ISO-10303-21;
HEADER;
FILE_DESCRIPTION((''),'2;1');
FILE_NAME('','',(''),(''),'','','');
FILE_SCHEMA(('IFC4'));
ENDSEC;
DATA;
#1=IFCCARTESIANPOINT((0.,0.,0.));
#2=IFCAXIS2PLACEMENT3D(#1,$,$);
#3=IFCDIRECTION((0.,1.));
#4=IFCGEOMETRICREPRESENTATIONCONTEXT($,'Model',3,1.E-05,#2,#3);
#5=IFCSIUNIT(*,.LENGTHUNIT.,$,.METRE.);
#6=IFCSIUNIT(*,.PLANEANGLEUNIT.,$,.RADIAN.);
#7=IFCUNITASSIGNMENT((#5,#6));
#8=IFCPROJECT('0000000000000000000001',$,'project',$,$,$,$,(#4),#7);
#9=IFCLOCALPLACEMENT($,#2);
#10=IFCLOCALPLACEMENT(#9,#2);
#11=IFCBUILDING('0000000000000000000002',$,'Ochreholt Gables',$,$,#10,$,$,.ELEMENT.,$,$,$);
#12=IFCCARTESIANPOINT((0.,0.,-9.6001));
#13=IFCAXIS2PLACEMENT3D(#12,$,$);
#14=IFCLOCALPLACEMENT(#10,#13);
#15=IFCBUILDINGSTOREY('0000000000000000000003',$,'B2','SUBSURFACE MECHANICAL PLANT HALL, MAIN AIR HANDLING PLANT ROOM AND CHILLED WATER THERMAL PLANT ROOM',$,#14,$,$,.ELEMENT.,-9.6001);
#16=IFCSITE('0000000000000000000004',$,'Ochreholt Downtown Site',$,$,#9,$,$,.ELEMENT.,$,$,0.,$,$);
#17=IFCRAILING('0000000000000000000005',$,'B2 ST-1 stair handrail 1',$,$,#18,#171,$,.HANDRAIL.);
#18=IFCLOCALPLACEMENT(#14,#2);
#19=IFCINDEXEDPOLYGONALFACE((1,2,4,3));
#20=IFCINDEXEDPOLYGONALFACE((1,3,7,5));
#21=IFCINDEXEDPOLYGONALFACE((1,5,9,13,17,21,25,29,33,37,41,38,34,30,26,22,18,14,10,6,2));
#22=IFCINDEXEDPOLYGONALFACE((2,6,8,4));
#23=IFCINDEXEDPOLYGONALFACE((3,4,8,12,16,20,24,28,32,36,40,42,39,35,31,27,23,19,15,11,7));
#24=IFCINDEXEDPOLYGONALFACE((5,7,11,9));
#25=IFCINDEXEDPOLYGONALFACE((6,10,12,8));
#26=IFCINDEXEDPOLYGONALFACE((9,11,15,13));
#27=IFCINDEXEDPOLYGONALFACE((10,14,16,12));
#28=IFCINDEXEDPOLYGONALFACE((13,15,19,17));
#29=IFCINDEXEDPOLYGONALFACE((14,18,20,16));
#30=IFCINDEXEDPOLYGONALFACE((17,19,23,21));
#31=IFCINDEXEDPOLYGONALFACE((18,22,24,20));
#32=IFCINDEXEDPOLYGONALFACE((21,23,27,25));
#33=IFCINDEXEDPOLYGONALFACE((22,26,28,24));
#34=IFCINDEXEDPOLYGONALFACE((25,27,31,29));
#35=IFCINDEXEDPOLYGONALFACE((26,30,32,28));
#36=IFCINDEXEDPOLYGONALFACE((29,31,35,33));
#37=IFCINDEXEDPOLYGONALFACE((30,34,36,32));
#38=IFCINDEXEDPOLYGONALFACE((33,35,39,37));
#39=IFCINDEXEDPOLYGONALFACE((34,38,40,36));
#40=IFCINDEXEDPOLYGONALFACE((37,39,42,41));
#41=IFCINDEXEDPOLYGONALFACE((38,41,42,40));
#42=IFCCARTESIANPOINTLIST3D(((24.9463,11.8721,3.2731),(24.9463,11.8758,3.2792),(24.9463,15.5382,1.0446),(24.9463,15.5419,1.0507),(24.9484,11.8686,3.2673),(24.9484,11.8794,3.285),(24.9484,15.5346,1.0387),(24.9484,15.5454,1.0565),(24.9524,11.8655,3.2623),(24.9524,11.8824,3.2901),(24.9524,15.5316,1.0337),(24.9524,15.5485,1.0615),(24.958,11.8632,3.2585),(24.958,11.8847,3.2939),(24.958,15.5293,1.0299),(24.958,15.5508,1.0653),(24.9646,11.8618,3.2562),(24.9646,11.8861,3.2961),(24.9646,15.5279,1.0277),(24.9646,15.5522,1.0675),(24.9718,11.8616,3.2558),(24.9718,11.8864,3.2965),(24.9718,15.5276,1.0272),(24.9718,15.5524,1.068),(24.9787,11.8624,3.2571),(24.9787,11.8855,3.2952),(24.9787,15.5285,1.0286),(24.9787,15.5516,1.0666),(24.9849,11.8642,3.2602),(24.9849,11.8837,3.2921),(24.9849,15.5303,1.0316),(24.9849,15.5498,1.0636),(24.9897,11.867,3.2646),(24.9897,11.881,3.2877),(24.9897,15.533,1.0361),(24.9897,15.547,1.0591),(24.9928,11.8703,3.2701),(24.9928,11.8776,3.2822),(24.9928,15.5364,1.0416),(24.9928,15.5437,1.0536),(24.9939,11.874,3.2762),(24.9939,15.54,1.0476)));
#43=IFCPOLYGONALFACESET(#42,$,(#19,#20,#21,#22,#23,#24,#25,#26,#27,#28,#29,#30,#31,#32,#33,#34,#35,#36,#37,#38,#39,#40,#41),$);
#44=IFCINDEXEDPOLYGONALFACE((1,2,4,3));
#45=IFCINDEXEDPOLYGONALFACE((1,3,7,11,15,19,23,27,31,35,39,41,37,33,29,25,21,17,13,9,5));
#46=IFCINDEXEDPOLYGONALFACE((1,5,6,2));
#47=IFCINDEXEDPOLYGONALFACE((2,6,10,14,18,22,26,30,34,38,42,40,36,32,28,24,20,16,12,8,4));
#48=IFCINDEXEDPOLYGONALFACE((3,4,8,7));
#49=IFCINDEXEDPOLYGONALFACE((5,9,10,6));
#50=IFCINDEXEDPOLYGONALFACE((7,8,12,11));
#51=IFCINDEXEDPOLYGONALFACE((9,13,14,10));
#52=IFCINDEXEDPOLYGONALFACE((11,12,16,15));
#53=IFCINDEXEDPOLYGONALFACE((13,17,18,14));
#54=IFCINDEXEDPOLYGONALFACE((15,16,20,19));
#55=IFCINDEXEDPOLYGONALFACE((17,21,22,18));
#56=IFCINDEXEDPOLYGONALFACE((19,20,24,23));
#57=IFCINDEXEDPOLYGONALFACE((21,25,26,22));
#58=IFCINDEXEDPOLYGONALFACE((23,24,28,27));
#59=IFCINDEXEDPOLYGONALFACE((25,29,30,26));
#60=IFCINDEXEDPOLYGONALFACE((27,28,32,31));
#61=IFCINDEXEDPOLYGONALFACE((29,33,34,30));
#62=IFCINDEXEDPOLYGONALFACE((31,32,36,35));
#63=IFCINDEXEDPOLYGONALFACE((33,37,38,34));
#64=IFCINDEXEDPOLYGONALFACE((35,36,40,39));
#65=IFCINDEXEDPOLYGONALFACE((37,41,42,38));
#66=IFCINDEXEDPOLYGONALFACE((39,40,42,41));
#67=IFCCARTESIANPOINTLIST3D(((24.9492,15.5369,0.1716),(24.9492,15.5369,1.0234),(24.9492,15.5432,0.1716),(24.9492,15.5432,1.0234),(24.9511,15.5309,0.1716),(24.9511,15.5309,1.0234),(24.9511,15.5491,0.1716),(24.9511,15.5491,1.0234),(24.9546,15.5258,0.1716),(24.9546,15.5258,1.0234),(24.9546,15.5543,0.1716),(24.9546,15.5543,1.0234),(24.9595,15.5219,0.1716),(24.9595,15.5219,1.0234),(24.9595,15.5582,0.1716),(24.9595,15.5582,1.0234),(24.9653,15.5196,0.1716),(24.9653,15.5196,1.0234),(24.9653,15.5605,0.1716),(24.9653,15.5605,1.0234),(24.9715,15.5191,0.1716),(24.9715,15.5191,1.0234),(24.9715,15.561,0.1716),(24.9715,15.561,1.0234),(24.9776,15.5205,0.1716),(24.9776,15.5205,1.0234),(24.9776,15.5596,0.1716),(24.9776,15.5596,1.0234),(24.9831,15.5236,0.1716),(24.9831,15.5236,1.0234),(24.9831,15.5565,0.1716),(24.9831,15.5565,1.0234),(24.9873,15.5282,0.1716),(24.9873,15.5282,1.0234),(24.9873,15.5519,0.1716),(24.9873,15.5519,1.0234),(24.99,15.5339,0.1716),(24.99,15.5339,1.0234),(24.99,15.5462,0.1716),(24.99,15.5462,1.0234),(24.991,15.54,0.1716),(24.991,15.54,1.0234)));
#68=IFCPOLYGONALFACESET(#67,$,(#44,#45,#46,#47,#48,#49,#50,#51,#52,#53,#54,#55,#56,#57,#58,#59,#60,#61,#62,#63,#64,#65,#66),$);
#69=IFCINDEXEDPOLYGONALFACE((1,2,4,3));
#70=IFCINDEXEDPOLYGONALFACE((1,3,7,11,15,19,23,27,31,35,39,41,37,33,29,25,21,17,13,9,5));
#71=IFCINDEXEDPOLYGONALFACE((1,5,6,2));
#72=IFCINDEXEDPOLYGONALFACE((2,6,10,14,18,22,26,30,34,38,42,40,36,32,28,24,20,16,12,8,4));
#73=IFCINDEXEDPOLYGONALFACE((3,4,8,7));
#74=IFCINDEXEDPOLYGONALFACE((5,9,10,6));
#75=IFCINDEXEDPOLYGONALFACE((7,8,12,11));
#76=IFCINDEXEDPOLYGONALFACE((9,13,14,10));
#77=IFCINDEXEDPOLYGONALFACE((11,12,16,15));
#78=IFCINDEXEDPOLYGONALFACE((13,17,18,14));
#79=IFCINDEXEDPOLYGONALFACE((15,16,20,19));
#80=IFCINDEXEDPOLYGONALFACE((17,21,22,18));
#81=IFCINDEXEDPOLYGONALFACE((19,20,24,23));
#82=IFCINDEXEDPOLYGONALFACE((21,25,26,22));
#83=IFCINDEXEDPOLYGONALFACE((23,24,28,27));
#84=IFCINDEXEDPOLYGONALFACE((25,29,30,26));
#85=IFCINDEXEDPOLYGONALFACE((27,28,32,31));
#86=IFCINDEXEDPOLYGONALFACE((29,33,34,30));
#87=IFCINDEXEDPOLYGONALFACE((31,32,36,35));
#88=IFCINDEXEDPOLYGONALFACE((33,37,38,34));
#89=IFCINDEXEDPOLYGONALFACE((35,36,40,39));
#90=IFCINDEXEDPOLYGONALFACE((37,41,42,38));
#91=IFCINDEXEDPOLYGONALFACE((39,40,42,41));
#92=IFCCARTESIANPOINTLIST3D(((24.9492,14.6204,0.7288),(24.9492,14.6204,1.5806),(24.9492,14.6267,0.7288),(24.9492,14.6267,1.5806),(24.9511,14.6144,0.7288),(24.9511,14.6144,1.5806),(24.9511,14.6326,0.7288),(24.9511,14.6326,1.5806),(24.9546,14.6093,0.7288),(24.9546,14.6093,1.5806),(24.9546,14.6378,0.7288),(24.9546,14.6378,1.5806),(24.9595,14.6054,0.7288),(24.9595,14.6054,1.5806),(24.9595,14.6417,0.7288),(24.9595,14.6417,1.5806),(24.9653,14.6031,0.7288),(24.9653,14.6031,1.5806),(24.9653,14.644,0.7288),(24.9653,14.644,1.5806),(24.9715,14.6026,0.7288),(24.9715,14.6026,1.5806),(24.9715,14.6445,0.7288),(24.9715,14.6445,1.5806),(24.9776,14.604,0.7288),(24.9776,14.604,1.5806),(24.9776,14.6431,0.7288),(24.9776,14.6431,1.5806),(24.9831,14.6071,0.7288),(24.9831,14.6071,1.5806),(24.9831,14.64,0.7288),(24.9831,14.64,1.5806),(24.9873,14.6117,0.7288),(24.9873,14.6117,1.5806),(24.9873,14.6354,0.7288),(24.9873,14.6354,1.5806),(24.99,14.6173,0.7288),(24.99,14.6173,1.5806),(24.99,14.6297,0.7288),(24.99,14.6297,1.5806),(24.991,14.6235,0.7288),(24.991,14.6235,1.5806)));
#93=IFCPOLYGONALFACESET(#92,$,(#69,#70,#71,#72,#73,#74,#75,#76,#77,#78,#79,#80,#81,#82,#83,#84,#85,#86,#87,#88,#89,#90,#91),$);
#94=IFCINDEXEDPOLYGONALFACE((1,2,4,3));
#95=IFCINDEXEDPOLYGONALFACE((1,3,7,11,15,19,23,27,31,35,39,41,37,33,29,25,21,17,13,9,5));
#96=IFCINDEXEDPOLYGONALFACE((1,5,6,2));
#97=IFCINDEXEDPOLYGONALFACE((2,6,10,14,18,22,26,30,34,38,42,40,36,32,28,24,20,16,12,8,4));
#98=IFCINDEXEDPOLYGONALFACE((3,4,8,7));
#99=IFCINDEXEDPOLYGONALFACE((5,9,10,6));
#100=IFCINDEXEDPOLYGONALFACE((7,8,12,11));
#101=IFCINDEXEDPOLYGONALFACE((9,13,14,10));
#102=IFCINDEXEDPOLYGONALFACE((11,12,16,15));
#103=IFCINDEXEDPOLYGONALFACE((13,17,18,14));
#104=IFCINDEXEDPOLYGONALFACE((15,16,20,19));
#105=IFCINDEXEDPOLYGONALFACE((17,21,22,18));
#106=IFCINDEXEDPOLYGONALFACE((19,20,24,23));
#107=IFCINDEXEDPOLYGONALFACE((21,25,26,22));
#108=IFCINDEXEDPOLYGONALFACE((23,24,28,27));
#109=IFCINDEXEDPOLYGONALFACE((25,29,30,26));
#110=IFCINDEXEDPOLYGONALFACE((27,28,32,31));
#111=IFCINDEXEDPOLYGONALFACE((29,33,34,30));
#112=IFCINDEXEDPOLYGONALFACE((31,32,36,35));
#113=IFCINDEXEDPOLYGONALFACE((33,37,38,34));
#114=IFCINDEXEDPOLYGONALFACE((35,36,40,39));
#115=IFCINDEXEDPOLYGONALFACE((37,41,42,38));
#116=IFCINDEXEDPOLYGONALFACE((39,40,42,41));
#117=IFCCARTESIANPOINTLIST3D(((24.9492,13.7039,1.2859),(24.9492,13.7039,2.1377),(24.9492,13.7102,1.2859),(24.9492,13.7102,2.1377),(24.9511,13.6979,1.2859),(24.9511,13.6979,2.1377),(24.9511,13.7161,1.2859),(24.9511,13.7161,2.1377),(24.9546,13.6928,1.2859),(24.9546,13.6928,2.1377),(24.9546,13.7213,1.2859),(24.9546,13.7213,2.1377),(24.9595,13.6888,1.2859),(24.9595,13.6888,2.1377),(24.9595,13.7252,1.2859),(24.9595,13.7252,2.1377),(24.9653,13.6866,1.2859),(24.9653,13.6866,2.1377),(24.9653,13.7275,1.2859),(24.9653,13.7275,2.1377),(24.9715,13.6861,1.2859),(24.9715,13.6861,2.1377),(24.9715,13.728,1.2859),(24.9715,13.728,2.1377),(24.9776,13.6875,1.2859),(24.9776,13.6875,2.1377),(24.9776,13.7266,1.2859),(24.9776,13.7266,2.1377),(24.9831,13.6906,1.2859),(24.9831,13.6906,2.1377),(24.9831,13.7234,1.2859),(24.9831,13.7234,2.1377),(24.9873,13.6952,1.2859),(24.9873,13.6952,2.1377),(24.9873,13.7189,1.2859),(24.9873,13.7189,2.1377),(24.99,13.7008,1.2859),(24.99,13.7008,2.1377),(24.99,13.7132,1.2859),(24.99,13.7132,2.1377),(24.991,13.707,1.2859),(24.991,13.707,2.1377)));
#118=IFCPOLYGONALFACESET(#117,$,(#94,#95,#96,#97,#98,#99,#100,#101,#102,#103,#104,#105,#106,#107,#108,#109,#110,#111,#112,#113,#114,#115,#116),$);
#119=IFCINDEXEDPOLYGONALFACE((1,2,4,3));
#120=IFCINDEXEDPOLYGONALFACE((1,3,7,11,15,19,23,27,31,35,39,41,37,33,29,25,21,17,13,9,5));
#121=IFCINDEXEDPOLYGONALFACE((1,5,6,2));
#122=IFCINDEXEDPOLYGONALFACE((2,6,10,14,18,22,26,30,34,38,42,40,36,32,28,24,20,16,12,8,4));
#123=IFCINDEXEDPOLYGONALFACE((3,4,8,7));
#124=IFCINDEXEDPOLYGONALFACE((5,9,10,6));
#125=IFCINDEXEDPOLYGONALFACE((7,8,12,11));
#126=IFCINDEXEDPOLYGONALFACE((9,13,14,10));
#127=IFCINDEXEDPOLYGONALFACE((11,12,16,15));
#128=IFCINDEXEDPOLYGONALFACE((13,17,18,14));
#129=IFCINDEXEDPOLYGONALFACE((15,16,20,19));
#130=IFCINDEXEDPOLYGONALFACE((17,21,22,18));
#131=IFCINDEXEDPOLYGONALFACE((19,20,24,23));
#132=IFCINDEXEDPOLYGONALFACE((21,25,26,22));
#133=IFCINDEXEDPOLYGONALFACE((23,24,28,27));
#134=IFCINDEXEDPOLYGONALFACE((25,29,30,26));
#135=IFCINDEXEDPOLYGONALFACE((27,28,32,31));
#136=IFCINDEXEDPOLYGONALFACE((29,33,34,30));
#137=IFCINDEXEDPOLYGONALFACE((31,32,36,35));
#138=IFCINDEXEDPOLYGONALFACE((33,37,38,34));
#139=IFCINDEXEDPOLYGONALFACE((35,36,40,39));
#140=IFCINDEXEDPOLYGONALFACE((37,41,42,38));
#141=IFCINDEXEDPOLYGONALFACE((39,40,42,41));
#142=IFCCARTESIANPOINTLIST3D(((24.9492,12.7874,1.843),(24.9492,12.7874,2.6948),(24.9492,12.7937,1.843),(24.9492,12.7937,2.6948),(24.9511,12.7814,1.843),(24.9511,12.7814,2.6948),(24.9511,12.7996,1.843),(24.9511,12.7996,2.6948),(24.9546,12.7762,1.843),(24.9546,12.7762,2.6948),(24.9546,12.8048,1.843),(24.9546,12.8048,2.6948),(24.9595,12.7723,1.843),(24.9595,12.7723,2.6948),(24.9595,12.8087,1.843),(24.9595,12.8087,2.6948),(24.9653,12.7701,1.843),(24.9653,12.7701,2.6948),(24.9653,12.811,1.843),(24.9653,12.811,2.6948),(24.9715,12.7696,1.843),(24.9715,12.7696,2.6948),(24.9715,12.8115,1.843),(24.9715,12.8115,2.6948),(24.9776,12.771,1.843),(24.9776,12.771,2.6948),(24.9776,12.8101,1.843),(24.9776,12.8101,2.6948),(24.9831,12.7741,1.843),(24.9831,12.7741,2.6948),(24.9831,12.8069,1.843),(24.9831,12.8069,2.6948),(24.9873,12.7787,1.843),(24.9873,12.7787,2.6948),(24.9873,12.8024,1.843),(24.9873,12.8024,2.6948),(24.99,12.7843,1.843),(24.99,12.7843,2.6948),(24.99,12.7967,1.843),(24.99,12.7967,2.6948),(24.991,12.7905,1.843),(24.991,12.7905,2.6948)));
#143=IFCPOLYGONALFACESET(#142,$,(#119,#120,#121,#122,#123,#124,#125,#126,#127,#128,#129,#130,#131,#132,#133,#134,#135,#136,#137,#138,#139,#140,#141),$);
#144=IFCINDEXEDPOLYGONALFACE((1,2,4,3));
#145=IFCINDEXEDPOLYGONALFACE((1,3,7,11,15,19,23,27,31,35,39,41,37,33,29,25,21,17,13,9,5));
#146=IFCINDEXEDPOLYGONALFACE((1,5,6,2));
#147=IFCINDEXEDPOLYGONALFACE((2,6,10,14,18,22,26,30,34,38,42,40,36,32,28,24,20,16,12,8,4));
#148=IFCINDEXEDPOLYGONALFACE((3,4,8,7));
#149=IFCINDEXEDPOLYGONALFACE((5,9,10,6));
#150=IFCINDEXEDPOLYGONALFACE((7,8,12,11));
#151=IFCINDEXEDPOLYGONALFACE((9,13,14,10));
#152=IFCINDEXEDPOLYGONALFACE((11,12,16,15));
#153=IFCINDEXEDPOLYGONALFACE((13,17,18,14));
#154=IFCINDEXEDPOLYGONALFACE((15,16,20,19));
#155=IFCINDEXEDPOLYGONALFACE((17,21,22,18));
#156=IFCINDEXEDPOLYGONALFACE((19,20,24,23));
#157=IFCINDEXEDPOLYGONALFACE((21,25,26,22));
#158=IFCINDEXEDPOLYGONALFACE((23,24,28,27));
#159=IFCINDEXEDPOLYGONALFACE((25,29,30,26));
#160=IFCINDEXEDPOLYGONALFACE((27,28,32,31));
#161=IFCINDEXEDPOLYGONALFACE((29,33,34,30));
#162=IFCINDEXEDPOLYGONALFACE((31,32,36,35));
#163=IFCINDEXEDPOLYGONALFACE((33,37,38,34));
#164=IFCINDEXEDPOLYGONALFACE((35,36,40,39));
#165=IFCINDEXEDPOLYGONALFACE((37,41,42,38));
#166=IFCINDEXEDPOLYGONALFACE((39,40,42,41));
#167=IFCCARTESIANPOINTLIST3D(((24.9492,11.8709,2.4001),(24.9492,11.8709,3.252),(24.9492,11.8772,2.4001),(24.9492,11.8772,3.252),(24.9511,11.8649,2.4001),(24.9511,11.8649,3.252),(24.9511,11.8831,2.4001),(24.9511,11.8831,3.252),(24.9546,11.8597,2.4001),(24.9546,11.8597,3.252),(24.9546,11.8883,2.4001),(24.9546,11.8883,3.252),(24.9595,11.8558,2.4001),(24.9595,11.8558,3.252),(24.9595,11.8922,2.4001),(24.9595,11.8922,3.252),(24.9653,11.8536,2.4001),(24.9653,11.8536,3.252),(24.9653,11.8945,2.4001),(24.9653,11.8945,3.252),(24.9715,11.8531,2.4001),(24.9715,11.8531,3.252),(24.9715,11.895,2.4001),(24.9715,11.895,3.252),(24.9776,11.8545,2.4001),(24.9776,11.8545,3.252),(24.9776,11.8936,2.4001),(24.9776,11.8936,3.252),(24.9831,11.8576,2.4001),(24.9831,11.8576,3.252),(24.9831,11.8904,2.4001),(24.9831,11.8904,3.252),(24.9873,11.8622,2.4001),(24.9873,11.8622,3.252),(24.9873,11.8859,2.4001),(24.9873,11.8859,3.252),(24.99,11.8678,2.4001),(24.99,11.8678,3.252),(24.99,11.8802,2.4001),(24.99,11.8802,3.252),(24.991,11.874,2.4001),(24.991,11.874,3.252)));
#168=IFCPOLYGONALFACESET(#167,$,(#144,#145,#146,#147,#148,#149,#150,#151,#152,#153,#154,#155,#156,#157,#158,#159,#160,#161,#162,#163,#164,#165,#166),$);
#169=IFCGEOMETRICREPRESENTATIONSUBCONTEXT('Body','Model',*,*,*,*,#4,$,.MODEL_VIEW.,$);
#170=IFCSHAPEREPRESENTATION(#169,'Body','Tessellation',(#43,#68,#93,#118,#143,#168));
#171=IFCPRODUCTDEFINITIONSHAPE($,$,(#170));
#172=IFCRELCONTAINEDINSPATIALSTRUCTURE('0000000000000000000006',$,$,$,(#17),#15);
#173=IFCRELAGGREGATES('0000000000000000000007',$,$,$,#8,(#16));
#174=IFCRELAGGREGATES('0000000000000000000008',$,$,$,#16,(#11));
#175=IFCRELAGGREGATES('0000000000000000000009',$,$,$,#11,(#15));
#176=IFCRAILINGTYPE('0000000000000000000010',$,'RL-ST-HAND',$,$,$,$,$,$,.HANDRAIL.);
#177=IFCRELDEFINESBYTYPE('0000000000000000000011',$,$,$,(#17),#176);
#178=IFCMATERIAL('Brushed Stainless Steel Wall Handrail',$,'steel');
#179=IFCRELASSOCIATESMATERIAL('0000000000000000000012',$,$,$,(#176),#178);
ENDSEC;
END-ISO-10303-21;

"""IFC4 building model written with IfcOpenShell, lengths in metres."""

from ifc_helpers import new_model, si_unit, direction, frame, origin, origin_2d, place, context, subcontext, project, spatial, circle, extrude, material, type_object, element, save


model = new_model("IFC4")

# Units and contexts
model_context = context("Model", 3, precision=1e-05, world=origin(), true_north=direction((0.0, 1.0)))
body_context = subcontext(model_context, "Body", "Model", "MODEL_VIEW")
ifc_project = project(units=[si_unit("LENGTHUNIT", "METRE"), si_unit("PLANEANGLEUNIT", "RADIAN")], contexts=[model_context])

# Site, building, storey
site_placement = place(None, origin())
site = spatial("IfcSite", under=ifc_project, at=site_placement, Name="Ochreholt Downtown Site", CompositionType="ELEMENT", RefElevation=0.0)
building_placement = place(site_placement, origin())
building = spatial("IfcBuilding", under=site, at=building_placement, Name="Ochreholt Gables", CompositionType="ELEMENT")
storey_placement = place(building_placement, frame((0.0, 0.0, -9.6001)))
storey = spatial("IfcBuildingStorey", under=building, at=storey_placement, Name="B2", Description="SUBSURFACE MECHANICAL PLANT HALL, MAIN AIR HANDLING PLANT ROOM AND CHILLED WATER THERMAL PLANT ROOM", CompositionType="ELEMENT", Elevation=-9.6001)

# Railing
ifc_material_1 = material(Name="Brushed Stainless Steel Wall Handrail", Category="steel")
railing_type_1 = type_object("IfcRailingType", Name="RL-ST-HAND", PredefinedType="HANDRAIL", material=ifc_material_1)
for number, where, name in (
    (1, (24.97, 15.54, 0.1716), "B2 ST-1 stair handrail 1"),
):
    element("IfcRailing", number, at=place(storey_placement, frame(where)), inside=storey, type_object=railing_type_1, Name=name, PredefinedType="HANDRAIL", context=body_context, shape_type="SweptSolid", body=[
        extrude(circle(Radius=0.0239, at=origin_2d()), frame((0.0, 0.0, 0.876), z_axis=(0.0, -0.854506, 0.519441), x_axis=(1.0, 0.0, 0.0)), (0.0, 0.0, 1.0), 4.2903),
        extrude(circle(Radius=0.021, at=origin_2d()), origin(), (0.0, 0.0, 1.0), 0.8518),
        extrude(circle(Radius=0.021, at=origin_2d()), frame((0.0, -0.9165, 0.5571)), (0.0, 0.0, 1.0), 0.8518),
        extrude(circle(Radius=0.021, at=origin_2d()), frame((0.0, -1.833, 1.1143)), (0.0, 0.0, 1.0), 0.8518),
        extrude(circle(Radius=0.021, at=origin_2d()), frame((0.0, -2.7495, 1.6714)), (0.0, 0.0, 1.0), 0.8518),
        extrude(circle(Radius=0.021, at=origin_2d()), frame((0.0, -3.666, 2.2285)), (0.0, 0.0, 1.0), 0.8518),
    ])

save(model, "model.ifc")
